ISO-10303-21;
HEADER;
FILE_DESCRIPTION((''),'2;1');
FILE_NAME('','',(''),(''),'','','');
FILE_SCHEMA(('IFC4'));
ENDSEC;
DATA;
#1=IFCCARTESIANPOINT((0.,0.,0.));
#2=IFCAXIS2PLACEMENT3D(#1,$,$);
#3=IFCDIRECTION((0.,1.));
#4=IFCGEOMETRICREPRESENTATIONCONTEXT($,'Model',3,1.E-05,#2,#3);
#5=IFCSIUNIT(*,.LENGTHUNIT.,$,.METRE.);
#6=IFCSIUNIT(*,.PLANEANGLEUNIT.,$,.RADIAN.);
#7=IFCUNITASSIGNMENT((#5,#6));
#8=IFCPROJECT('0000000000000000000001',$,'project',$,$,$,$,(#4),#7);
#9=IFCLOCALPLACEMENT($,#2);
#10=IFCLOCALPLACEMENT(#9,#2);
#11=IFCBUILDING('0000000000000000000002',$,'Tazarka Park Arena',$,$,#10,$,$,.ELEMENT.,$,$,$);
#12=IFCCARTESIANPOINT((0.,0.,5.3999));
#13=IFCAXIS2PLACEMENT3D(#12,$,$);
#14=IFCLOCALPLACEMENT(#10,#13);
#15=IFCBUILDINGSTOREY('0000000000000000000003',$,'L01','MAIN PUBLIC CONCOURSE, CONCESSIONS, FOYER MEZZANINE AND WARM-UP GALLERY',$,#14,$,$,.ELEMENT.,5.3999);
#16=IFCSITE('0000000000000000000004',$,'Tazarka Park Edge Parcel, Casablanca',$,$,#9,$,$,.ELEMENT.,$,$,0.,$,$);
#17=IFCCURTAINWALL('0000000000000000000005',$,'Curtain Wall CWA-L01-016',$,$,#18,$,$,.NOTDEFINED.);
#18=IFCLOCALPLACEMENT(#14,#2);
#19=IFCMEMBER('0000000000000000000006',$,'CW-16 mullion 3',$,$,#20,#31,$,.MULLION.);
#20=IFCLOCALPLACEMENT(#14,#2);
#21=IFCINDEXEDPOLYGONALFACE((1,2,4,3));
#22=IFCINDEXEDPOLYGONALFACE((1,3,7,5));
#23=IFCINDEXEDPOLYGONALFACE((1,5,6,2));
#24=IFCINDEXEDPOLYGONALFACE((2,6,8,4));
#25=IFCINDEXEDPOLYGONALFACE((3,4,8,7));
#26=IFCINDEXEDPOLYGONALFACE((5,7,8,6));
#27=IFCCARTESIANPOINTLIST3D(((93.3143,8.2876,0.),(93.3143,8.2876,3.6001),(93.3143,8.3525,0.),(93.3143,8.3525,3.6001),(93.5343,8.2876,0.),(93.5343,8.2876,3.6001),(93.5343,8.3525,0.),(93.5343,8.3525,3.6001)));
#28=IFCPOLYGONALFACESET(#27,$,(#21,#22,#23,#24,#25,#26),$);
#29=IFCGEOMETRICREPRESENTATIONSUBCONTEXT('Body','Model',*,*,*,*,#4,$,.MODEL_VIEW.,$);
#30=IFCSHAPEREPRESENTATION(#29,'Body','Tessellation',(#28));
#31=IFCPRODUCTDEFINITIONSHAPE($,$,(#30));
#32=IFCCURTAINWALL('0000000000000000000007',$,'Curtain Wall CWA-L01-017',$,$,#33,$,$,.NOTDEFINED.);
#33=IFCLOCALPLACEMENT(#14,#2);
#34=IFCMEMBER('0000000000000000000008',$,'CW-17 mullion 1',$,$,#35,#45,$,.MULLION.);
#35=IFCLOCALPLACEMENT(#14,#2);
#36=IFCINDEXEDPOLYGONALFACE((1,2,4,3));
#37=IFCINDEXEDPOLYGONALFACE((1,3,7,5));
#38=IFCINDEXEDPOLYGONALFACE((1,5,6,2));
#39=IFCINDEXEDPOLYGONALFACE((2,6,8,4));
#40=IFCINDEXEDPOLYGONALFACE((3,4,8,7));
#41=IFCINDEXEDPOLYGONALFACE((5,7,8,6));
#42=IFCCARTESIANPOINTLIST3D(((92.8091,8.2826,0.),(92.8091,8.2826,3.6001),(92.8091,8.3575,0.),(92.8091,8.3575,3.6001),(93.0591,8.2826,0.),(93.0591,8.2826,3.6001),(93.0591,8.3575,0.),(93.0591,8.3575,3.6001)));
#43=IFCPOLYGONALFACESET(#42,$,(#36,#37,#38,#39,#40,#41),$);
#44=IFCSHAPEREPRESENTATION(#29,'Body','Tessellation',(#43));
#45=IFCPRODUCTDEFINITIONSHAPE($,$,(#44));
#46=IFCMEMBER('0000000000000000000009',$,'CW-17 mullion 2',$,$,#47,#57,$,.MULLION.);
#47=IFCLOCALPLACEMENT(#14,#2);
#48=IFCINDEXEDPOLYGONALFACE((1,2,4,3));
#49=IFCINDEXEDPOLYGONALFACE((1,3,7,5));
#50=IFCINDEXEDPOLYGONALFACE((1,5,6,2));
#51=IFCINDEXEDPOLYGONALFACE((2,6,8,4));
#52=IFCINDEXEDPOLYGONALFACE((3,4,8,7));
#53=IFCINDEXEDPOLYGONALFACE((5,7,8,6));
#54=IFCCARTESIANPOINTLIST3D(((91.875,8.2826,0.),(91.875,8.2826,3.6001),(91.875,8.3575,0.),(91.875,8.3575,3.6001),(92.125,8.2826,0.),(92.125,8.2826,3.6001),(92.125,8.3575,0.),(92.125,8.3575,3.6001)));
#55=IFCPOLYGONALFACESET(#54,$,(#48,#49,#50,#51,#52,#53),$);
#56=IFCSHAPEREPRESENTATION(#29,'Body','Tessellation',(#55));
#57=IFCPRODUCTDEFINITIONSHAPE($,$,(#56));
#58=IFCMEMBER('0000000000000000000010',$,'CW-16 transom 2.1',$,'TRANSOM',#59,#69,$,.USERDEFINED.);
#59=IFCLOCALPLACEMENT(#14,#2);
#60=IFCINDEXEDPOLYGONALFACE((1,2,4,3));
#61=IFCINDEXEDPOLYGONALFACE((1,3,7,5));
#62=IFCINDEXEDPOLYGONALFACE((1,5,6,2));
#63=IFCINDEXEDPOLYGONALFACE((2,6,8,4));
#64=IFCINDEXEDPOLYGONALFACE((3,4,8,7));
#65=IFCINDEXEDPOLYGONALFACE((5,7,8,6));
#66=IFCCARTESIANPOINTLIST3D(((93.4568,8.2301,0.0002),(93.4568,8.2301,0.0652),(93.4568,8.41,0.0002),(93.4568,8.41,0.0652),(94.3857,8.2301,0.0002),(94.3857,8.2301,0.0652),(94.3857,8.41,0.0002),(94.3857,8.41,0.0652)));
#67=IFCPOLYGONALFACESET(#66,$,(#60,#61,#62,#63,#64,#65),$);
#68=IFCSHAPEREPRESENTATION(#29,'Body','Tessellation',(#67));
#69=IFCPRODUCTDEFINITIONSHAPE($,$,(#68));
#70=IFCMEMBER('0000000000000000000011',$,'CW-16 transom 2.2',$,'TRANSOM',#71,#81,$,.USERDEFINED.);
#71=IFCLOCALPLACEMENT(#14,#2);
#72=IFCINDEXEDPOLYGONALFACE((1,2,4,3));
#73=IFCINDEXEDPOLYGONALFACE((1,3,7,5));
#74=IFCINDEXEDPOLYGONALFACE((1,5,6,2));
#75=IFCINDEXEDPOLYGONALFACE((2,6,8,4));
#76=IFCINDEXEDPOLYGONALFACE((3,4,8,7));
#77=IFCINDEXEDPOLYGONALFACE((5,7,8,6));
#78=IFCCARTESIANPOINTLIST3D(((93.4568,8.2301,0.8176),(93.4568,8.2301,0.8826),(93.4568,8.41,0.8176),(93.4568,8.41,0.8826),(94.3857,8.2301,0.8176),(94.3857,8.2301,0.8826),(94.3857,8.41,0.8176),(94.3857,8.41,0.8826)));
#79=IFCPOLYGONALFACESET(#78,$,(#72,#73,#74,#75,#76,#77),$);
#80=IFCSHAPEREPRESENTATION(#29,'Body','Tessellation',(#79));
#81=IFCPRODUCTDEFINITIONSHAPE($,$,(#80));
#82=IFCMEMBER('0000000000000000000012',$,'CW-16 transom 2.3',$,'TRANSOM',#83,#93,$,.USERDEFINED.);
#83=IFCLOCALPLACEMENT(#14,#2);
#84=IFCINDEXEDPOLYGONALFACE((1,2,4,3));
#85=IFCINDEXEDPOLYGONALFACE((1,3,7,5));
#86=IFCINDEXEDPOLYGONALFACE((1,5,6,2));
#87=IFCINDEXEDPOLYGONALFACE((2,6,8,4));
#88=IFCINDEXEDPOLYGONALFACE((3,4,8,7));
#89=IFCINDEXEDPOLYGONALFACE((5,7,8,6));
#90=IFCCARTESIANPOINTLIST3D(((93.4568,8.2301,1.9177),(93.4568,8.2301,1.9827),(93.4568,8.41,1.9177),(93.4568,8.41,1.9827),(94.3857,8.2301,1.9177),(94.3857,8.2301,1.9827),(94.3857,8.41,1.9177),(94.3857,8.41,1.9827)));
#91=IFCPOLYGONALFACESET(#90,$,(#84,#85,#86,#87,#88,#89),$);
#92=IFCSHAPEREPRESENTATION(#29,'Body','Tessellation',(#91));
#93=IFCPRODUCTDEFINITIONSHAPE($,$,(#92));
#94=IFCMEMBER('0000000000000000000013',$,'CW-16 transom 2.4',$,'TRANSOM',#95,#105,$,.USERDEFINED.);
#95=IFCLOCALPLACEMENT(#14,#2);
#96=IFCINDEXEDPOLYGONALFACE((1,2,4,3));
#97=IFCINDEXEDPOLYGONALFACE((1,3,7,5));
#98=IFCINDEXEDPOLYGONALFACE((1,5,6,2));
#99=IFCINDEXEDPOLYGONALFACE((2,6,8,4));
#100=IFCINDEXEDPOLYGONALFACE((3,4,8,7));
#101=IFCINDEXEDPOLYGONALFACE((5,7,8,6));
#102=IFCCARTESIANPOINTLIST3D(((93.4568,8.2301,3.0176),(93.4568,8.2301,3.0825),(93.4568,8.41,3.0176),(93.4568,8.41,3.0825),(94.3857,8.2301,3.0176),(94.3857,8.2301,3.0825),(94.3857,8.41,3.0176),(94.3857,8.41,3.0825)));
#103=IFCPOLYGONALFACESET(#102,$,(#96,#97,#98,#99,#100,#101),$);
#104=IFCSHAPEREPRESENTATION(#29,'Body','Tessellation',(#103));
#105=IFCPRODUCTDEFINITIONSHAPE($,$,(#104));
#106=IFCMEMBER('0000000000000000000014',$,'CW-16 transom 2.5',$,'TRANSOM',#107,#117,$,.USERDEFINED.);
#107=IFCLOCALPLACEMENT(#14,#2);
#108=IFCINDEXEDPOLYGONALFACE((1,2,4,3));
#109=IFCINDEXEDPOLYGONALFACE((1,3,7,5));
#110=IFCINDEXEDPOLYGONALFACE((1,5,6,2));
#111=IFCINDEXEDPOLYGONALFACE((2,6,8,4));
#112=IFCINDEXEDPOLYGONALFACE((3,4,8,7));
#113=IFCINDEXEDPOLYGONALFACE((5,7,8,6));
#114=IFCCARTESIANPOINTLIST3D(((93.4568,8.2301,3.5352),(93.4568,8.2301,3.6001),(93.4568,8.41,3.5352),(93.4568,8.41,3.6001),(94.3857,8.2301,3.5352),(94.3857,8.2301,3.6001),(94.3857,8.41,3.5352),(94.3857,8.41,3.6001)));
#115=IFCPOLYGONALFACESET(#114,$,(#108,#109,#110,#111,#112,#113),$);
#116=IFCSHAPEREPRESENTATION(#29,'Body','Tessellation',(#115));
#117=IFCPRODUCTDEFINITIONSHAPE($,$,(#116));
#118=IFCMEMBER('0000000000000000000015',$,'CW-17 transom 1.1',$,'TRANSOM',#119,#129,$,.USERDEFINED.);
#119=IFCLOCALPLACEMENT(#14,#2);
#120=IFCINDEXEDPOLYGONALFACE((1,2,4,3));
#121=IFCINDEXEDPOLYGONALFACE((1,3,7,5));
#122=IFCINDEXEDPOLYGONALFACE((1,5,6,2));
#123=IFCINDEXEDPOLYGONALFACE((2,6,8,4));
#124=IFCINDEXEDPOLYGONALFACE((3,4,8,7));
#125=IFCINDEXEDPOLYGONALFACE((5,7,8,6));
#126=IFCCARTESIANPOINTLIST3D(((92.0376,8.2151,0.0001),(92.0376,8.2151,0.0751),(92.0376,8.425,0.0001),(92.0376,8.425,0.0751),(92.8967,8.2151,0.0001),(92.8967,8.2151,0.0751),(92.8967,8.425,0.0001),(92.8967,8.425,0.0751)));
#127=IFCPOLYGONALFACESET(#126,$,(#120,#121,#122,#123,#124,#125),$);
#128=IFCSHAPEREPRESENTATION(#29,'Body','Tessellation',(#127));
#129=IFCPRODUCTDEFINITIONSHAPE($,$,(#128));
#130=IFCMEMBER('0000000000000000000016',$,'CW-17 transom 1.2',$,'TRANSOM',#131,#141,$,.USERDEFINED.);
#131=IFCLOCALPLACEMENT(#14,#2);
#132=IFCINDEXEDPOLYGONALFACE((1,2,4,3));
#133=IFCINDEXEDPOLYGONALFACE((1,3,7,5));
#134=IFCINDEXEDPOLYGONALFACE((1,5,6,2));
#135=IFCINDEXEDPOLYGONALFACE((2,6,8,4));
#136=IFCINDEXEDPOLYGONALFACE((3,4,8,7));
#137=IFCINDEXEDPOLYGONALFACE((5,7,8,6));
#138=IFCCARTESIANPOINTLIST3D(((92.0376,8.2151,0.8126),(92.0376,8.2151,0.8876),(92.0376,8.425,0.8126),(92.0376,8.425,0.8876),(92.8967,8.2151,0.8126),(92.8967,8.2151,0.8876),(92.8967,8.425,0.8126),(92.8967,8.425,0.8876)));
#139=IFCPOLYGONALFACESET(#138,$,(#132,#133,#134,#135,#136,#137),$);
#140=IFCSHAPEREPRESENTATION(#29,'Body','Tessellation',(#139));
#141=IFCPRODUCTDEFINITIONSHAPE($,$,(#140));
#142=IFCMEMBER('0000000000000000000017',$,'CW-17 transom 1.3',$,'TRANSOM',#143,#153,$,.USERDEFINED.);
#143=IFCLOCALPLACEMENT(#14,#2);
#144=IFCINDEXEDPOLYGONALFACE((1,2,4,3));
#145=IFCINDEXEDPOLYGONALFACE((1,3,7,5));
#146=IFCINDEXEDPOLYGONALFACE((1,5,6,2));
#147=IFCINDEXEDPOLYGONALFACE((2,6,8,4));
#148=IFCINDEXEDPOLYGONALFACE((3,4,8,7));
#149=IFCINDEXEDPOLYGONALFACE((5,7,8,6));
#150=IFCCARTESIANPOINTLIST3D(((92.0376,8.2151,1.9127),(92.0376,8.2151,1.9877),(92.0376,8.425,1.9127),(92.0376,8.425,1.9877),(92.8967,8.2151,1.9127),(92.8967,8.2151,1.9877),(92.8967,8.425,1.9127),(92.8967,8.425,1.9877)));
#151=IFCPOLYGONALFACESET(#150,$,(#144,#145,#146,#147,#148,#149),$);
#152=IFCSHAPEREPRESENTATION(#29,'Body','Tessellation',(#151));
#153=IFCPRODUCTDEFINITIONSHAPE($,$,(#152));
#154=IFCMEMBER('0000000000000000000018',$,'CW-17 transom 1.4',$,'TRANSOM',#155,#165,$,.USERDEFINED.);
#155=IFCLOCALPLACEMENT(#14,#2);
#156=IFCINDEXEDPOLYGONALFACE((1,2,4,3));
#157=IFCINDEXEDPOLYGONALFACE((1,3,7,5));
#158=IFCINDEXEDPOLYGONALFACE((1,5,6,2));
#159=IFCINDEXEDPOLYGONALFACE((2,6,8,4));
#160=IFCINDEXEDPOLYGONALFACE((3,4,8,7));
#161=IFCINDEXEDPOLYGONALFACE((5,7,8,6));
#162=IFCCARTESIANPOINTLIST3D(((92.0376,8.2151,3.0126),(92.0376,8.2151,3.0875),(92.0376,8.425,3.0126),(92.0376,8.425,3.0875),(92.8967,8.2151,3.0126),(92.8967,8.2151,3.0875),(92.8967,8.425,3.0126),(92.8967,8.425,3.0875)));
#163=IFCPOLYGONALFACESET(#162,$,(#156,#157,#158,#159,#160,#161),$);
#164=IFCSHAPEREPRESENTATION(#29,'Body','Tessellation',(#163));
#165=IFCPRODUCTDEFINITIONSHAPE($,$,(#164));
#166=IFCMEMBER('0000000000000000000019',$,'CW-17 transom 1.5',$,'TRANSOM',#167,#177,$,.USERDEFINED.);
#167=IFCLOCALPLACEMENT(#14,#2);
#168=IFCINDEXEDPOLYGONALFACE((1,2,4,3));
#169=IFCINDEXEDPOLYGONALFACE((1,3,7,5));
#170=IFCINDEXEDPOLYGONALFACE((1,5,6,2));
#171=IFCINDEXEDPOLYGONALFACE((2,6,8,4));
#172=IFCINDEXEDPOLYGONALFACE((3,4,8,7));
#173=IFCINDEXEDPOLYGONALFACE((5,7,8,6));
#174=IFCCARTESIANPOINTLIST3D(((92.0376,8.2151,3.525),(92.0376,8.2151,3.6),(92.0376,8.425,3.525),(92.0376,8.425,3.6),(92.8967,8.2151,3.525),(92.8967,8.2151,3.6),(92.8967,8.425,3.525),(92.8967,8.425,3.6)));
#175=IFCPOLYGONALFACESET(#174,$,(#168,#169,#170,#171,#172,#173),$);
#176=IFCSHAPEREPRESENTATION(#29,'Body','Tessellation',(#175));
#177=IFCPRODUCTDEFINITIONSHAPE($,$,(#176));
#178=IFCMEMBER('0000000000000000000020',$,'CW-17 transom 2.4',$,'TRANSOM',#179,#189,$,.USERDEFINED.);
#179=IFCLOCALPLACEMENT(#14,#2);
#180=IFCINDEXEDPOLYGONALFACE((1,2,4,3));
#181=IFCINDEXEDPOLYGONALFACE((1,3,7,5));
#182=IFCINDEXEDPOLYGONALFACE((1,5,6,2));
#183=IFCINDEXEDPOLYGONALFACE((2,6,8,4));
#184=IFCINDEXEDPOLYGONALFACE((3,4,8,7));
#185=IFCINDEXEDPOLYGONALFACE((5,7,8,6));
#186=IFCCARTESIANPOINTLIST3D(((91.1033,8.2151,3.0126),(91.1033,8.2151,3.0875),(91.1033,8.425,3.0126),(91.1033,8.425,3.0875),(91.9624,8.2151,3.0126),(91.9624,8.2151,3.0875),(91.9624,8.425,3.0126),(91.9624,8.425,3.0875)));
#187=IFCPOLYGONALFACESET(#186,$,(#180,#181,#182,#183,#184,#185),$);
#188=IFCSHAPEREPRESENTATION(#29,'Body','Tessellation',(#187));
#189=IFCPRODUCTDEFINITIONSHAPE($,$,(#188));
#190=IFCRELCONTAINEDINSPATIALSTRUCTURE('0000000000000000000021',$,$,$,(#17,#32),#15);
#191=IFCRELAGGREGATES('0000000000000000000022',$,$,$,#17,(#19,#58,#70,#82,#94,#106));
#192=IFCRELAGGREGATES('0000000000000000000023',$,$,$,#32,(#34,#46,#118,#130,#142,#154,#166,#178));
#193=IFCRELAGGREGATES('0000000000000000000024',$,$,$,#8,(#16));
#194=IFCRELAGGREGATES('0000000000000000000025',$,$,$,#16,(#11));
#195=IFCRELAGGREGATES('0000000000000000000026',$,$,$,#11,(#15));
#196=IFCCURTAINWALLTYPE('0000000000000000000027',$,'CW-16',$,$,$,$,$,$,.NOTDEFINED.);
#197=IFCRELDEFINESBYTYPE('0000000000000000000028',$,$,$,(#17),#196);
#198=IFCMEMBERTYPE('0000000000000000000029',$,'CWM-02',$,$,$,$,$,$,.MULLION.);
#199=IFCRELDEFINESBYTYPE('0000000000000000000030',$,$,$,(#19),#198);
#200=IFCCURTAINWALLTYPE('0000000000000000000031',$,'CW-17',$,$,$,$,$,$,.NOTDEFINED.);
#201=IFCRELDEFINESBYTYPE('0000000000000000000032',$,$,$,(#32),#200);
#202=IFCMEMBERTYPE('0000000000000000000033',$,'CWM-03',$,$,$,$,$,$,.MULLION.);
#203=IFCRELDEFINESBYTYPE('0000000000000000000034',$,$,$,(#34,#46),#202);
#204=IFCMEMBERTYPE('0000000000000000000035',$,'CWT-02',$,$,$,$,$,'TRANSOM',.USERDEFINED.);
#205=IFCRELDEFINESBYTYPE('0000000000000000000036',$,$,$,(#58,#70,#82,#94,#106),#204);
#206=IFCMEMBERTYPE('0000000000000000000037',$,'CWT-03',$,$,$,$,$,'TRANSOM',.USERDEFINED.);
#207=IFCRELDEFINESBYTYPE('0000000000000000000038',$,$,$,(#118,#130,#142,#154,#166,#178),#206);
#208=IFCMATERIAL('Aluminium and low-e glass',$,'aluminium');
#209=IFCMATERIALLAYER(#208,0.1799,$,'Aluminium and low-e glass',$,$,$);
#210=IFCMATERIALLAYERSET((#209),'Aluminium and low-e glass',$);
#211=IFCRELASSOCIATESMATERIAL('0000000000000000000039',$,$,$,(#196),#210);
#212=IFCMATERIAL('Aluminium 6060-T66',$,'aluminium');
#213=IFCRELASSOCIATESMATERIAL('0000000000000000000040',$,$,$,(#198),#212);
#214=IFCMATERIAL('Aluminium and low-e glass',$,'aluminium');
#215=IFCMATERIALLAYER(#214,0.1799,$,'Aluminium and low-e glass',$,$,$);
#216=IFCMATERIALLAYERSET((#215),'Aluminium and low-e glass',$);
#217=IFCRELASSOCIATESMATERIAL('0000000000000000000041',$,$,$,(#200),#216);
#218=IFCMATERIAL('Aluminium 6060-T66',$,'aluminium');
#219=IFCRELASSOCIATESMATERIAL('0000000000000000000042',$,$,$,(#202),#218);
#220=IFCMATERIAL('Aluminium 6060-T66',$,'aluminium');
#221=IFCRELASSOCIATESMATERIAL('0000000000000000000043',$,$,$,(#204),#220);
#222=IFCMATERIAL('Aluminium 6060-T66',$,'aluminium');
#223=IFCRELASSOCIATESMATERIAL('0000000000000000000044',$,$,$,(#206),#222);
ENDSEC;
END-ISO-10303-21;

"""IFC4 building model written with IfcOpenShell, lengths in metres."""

from ifc_helpers import new_model, si_unit, direction, frame, origin, origin_2d, place, context, subcontext, project, spatial, rectangle, extrude, material, layer, layer_set, material_profile, profile_set, type_object, element, aggregate, save


model = new_model("IFC4")

# Units and contexts
model_context = context("Model", 3, precision=1e-05, world=origin(), true_north=direction((0.0, 1.0)))
body_context = subcontext(model_context, "Body", "Model", "MODEL_VIEW")
ifc_project = project(units=[si_unit("LENGTHUNIT", "METRE"), si_unit("PLANEANGLEUNIT", "RADIAN")], contexts=[model_context])

# Site, building, storey
site_placement = place(None, origin())
site = spatial("IfcSite", under=ifc_project, at=site_placement, Name="Tazarka Park Edge Parcel, Casablanca", CompositionType="ELEMENT", RefElevation=0.0)
building_placement = place(site_placement, origin())
building = spatial("IfcBuilding", under=site, at=building_placement, Name="Tazarka Park Arena", CompositionType="ELEMENT")
storey_placement = place(building_placement, frame((0.0, 0.0, 5.3999)))
storey = spatial("IfcBuildingStorey", under=building, at=storey_placement, Name="L01", Description="MAIN PUBLIC CONCOURSE, CONCESSIONS, FOYER MEZZANINE AND WARM-UP GALLERY", CompositionType="ELEMENT", Elevation=5.3999)

# Curtain wall, member
ifc_material_1 = material(Name="Aluminium and low-e glass", Category="aluminium")
ifc_layer_1 = layer(ifc_material_1, 0.1799, Name="Aluminium and low-e glass")
ifc_layer_set_1 = layer_set([ifc_layer_1], Name="Aluminium and low-e glass")
curtain_wall_type_1 = type_object("IfcCurtainWallType", Name="CW-16", PredefinedType="NOTDEFINED", material=ifc_layer_set_1)
curtain_wall_1_placement = place(storey_placement, origin())
curtain_wall_1 = element("IfcCurtainWall", 1, at=curtain_wall_1_placement, inside=storey, type_object=curtain_wall_type_1, Name="Curtain Wall CWA-L01-016", PredefinedType="NOTDEFINED")
ifc_material_2 = material(Name="Aluminium 6060-T66", Category="aluminium")
ifc_material_profile_1 = material_profile(ifc_material_2, rectangle(XDim=0.0649, YDim=0.22, at=origin_2d()), Name="Aluminium 6060-T66")
ifc_profile_set_1 = profile_set([ifc_material_profile_1], Name="Aluminium 6060-T66")
member_type_1 = type_object("IfcMemberType", Name="CWM-02", PredefinedType="MULLION", material=ifc_profile_set_1)
member_1_placement = place(storey_placement, frame((93.4243, 8.3201, 0.0), z_axis=(0.0, 0.0, 1.0), x_axis=(0.0, -1.0, 0.0)))
member_1 = element("IfcMember", 2, at=member_1_placement, type_object=member_type_1, Name="CW-16 mullion 3", PredefinedType="MULLION", context=body_context, shape_type="SweptSolid", body=[
    extrude(rectangle(XDim=0.0649, YDim=0.22, at=origin_2d()), origin(), (0.0, 0.0, 1.0), 3.6001),
])

# Curtain wall, members
ifc_material_3 = material(Name="Aluminium and low-e glass", Category="aluminium")
ifc_layer_2 = layer(ifc_material_3, 0.1799, Name="Aluminium and low-e glass")
ifc_layer_set_2 = layer_set([ifc_layer_2], Name="Aluminium and low-e glass")
curtain_wall_type_2 = type_object("IfcCurtainWallType", Name="CW-17", PredefinedType="NOTDEFINED", material=ifc_layer_set_2)
curtain_wall_2_placement = place(storey_placement, origin())
curtain_wall_2 = element("IfcCurtainWall", 3, at=curtain_wall_2_placement, inside=storey, type_object=curtain_wall_type_2, Name="Curtain Wall CWA-L01-017", PredefinedType="NOTDEFINED")
ifc_material_4 = material(Name="Aluminium 6060-T66", Category="aluminium")
ifc_material_profile_2 = material_profile(ifc_material_4, rectangle(XDim=0.075, YDim=0.25, at=origin_2d()), Name="Aluminium 6060-T66")
ifc_profile_set_2 = profile_set([ifc_material_profile_2], Name="Aluminium 6060-T66")
member_type_2 = type_object("IfcMemberType", Name="CWM-03", PredefinedType="MULLION", material=ifc_profile_set_2)
member_2_placement = place(storey_placement, frame((92.9341, 8.3201, 0.0), z_axis=(0.0, 0.0, 1.0), x_axis=(0.0, -1.0, 0.0)))
member_2 = element("IfcMember", 4, at=member_2_placement, type_object=member_type_2, Name="CW-17 mullion 1", PredefinedType="MULLION", context=body_context, shape_type="SweptSolid", body=[
    extrude(rectangle(XDim=0.075, YDim=0.25, at=origin_2d()), origin(), (0.0, 0.0, 1.0), 3.6001),
])
member_3_placement = place(storey_placement, frame((92.0, 8.3201, 0.0), z_axis=(0.0, 0.0, 1.0), x_axis=(0.0, -1.0, 0.0)))
member_3 = element("IfcMember", 5, at=member_3_placement, type_object=member_type_2, Name="CW-17 mullion 2", PredefinedType="MULLION", context=body_context, shape_type="SweptSolid", body=[
    extrude(rectangle(XDim=0.075, YDim=0.25, at=origin_2d()), origin(), (0.0, 0.0, 1.0), 3.6001),
])

# Members
ifc_material_5 = material(Name="Aluminium 6060-T66", Category="aluminium")
ifc_material_profile_3 = material_profile(ifc_material_5, rectangle(XDim=0.1799, YDim=0.0649, at=origin_2d()), Name="Aluminium 6060-T66")
ifc_profile_set_3 = profile_set([ifc_material_profile_3], Name="Aluminium 6060-T66")
member_type_3 = type_object("IfcMemberType", Name="CWT-02", ElementType="TRANSOM", PredefinedType="USERDEFINED", material=ifc_profile_set_3)
member_4_placement = place(storey_placement, frame((94.3857, 8.3201, 0.0327), z_axis=(-1.0, 0.0, 0.0), x_axis=(0.0, -1.0, 0.0)))
member_4 = element("IfcMember", 6, at=member_4_placement, type_object=member_type_3, Name="CW-16 transom 2.1", ObjectType="TRANSOM", PredefinedType="USERDEFINED", context=body_context, shape_type="SweptSolid", body=[
    extrude(rectangle(XDim=0.1799, YDim=0.0649, at=origin_2d()), origin(), (0.0, 0.0, 1.0), 0.929),
])
member_5_placement = place(storey_placement, frame((94.3857, 8.3201, 0.8501), z_axis=(-1.0, 0.0, 0.0), x_axis=(0.0, -1.0, 0.0)))
member_5 = element("IfcMember", 7, at=member_5_placement, type_object=member_type_3, Name="CW-16 transom 2.2", ObjectType="TRANSOM", PredefinedType="USERDEFINED", context=body_context, shape_type="SweptSolid", body=[
    extrude(rectangle(XDim=0.1799, YDim=0.0649, at=origin_2d()), origin(), (0.0, 0.0, 1.0), 0.929),
])
member_6_placement = place(storey_placement, frame((94.3857, 8.3201, 1.9502), z_axis=(-1.0, 0.0, 0.0), x_axis=(0.0, -1.0, 0.0)))
member_6 = element("IfcMember", 8, at=member_6_placement, type_object=member_type_3, Name="CW-16 transom 2.3", ObjectType="TRANSOM", PredefinedType="USERDEFINED", context=body_context, shape_type="SweptSolid", body=[
    extrude(rectangle(XDim=0.1799, YDim=0.0649, at=origin_2d()), origin(), (0.0, 0.0, 1.0), 0.929),
])
member_7_placement = place(storey_placement, frame((94.3857, 8.3201, 3.05), z_axis=(-1.0, 0.0, 0.0), x_axis=(0.0, -1.0, 0.0)))
member_7 = element("IfcMember", 9, at=member_7_placement, type_object=member_type_3, Name="CW-16 transom 2.4", ObjectType="TRANSOM", PredefinedType="USERDEFINED", context=body_context, shape_type="SweptSolid", body=[
    extrude(rectangle(XDim=0.1799, YDim=0.0649, at=origin_2d()), origin(), (0.0, 0.0, 1.0), 0.929),
])
member_8_placement = place(storey_placement, frame((94.3857, 8.3201, 3.5676), z_axis=(-1.0, 0.0, 0.0), x_axis=(0.0, -1.0, 0.0)))
member_8 = element("IfcMember", 10, at=member_8_placement, type_object=member_type_3, Name="CW-16 transom 2.5", ObjectType="TRANSOM", PredefinedType="USERDEFINED", context=body_context, shape_type="SweptSolid", body=[
    extrude(rectangle(XDim=0.1799, YDim=0.0649, at=origin_2d()), origin(), (0.0, 0.0, 1.0), 0.929),
])
ifc_material_6 = material(Name="Aluminium 6060-T66", Category="aluminium")
ifc_material_profile_4 = material_profile(ifc_material_6, rectangle(XDim=0.21, YDim=0.075, at=origin_2d()), Name="Aluminium 6060-T66")
ifc_profile_set_4 = profile_set([ifc_material_profile_4], Name="Aluminium 6060-T66")
member_type_4 = type_object("IfcMemberType", Name="CWT-03", ElementType="TRANSOM", PredefinedType="USERDEFINED", material=ifc_profile_set_4)
member_9_placement = place(storey_placement, frame((92.8967, 8.3201, 0.0376), z_axis=(-1.0, 0.0, 0.0), x_axis=(0.0, -1.0, 0.0)))
member_9 = element("IfcMember", 11, at=member_9_placement, type_object=member_type_4, Name="CW-17 transom 1.1", ObjectType="TRANSOM", PredefinedType="USERDEFINED", context=body_context, shape_type="SweptSolid", body=[
    extrude(rectangle(XDim=0.21, YDim=0.075, at=origin_2d()), origin(), (0.0, 0.0, 1.0), 0.8591),
])
member_10_placement = place(storey_placement, frame((92.8967, 8.3201, 0.8501), z_axis=(-1.0, 0.0, 0.0), x_axis=(0.0, -1.0, 0.0)))
member_10 = element("IfcMember", 12, at=member_10_placement, type_object=member_type_4, Name="CW-17 transom 1.2", ObjectType="TRANSOM", PredefinedType="USERDEFINED", context=body_context, shape_type="SweptSolid", body=[
    extrude(rectangle(XDim=0.21, YDim=0.075, at=origin_2d()), origin(), (0.0, 0.0, 1.0), 0.8591),
])
member_11_placement = place(storey_placement, frame((92.8967, 8.3201, 1.9502), z_axis=(-1.0, 0.0, 0.0), x_axis=(0.0, -1.0, 0.0)))
member_11 = element("IfcMember", 13, at=member_11_placement, type_object=member_type_4, Name="CW-17 transom 1.3", ObjectType="TRANSOM", PredefinedType="USERDEFINED", context=body_context, shape_type="SweptSolid", body=[
    extrude(rectangle(XDim=0.21, YDim=0.075, at=origin_2d()), origin(), (0.0, 0.0, 1.0), 0.8591),
])
member_12_placement = place(storey_placement, frame((92.8967, 8.3201, 3.05), z_axis=(-1.0, 0.0, 0.0), x_axis=(0.0, -1.0, 0.0)))
member_12 = element("IfcMember", 14, at=member_12_placement, type_object=member_type_4, Name="CW-17 transom 1.4", ObjectType="TRANSOM", PredefinedType="USERDEFINED", context=body_context, shape_type="SweptSolid", body=[
    extrude(rectangle(XDim=0.21, YDim=0.075, at=origin_2d()), origin(), (0.0, 0.0, 1.0), 0.8591),
])
member_13_placement = place(storey_placement, frame((92.8967, 8.3201, 3.5625), z_axis=(-1.0, 0.0, 0.0), x_axis=(0.0, -1.0, 0.0)))
member_13 = element("IfcMember", 15, at=member_13_placement, type_object=member_type_4, Name="CW-17 transom 1.5", ObjectType="TRANSOM", PredefinedType="USERDEFINED", context=body_context, shape_type="SweptSolid", body=[
    extrude(rectangle(XDim=0.21, YDim=0.075, at=origin_2d()), origin(), (0.0, 0.0, 1.0), 0.8591),
])
member_14_placement = place(storey_placement, frame((91.9624, 8.3201, 3.05), z_axis=(-1.0, 0.0, 0.0), x_axis=(0.0, -1.0, 0.0)))
member_14 = element("IfcMember", 16, at=member_14_placement, type_object=member_type_4, Name="CW-17 transom 2.4", ObjectType="TRANSOM", PredefinedType="USERDEFINED", context=body_context, shape_type="SweptSolid", body=[
    extrude(rectangle(XDim=0.21, YDim=0.075, at=origin_2d()), origin(), (0.0, 0.0, 1.0), 0.8591),
])

aggregate(curtain_wall_1, [member_1, member_4, member_5, member_6, member_7, member_8])
aggregate(curtain_wall_2, [member_2, member_3, member_9, member_10, member_11, member_12, member_13, member_14])

save(model, "model.ifc")
